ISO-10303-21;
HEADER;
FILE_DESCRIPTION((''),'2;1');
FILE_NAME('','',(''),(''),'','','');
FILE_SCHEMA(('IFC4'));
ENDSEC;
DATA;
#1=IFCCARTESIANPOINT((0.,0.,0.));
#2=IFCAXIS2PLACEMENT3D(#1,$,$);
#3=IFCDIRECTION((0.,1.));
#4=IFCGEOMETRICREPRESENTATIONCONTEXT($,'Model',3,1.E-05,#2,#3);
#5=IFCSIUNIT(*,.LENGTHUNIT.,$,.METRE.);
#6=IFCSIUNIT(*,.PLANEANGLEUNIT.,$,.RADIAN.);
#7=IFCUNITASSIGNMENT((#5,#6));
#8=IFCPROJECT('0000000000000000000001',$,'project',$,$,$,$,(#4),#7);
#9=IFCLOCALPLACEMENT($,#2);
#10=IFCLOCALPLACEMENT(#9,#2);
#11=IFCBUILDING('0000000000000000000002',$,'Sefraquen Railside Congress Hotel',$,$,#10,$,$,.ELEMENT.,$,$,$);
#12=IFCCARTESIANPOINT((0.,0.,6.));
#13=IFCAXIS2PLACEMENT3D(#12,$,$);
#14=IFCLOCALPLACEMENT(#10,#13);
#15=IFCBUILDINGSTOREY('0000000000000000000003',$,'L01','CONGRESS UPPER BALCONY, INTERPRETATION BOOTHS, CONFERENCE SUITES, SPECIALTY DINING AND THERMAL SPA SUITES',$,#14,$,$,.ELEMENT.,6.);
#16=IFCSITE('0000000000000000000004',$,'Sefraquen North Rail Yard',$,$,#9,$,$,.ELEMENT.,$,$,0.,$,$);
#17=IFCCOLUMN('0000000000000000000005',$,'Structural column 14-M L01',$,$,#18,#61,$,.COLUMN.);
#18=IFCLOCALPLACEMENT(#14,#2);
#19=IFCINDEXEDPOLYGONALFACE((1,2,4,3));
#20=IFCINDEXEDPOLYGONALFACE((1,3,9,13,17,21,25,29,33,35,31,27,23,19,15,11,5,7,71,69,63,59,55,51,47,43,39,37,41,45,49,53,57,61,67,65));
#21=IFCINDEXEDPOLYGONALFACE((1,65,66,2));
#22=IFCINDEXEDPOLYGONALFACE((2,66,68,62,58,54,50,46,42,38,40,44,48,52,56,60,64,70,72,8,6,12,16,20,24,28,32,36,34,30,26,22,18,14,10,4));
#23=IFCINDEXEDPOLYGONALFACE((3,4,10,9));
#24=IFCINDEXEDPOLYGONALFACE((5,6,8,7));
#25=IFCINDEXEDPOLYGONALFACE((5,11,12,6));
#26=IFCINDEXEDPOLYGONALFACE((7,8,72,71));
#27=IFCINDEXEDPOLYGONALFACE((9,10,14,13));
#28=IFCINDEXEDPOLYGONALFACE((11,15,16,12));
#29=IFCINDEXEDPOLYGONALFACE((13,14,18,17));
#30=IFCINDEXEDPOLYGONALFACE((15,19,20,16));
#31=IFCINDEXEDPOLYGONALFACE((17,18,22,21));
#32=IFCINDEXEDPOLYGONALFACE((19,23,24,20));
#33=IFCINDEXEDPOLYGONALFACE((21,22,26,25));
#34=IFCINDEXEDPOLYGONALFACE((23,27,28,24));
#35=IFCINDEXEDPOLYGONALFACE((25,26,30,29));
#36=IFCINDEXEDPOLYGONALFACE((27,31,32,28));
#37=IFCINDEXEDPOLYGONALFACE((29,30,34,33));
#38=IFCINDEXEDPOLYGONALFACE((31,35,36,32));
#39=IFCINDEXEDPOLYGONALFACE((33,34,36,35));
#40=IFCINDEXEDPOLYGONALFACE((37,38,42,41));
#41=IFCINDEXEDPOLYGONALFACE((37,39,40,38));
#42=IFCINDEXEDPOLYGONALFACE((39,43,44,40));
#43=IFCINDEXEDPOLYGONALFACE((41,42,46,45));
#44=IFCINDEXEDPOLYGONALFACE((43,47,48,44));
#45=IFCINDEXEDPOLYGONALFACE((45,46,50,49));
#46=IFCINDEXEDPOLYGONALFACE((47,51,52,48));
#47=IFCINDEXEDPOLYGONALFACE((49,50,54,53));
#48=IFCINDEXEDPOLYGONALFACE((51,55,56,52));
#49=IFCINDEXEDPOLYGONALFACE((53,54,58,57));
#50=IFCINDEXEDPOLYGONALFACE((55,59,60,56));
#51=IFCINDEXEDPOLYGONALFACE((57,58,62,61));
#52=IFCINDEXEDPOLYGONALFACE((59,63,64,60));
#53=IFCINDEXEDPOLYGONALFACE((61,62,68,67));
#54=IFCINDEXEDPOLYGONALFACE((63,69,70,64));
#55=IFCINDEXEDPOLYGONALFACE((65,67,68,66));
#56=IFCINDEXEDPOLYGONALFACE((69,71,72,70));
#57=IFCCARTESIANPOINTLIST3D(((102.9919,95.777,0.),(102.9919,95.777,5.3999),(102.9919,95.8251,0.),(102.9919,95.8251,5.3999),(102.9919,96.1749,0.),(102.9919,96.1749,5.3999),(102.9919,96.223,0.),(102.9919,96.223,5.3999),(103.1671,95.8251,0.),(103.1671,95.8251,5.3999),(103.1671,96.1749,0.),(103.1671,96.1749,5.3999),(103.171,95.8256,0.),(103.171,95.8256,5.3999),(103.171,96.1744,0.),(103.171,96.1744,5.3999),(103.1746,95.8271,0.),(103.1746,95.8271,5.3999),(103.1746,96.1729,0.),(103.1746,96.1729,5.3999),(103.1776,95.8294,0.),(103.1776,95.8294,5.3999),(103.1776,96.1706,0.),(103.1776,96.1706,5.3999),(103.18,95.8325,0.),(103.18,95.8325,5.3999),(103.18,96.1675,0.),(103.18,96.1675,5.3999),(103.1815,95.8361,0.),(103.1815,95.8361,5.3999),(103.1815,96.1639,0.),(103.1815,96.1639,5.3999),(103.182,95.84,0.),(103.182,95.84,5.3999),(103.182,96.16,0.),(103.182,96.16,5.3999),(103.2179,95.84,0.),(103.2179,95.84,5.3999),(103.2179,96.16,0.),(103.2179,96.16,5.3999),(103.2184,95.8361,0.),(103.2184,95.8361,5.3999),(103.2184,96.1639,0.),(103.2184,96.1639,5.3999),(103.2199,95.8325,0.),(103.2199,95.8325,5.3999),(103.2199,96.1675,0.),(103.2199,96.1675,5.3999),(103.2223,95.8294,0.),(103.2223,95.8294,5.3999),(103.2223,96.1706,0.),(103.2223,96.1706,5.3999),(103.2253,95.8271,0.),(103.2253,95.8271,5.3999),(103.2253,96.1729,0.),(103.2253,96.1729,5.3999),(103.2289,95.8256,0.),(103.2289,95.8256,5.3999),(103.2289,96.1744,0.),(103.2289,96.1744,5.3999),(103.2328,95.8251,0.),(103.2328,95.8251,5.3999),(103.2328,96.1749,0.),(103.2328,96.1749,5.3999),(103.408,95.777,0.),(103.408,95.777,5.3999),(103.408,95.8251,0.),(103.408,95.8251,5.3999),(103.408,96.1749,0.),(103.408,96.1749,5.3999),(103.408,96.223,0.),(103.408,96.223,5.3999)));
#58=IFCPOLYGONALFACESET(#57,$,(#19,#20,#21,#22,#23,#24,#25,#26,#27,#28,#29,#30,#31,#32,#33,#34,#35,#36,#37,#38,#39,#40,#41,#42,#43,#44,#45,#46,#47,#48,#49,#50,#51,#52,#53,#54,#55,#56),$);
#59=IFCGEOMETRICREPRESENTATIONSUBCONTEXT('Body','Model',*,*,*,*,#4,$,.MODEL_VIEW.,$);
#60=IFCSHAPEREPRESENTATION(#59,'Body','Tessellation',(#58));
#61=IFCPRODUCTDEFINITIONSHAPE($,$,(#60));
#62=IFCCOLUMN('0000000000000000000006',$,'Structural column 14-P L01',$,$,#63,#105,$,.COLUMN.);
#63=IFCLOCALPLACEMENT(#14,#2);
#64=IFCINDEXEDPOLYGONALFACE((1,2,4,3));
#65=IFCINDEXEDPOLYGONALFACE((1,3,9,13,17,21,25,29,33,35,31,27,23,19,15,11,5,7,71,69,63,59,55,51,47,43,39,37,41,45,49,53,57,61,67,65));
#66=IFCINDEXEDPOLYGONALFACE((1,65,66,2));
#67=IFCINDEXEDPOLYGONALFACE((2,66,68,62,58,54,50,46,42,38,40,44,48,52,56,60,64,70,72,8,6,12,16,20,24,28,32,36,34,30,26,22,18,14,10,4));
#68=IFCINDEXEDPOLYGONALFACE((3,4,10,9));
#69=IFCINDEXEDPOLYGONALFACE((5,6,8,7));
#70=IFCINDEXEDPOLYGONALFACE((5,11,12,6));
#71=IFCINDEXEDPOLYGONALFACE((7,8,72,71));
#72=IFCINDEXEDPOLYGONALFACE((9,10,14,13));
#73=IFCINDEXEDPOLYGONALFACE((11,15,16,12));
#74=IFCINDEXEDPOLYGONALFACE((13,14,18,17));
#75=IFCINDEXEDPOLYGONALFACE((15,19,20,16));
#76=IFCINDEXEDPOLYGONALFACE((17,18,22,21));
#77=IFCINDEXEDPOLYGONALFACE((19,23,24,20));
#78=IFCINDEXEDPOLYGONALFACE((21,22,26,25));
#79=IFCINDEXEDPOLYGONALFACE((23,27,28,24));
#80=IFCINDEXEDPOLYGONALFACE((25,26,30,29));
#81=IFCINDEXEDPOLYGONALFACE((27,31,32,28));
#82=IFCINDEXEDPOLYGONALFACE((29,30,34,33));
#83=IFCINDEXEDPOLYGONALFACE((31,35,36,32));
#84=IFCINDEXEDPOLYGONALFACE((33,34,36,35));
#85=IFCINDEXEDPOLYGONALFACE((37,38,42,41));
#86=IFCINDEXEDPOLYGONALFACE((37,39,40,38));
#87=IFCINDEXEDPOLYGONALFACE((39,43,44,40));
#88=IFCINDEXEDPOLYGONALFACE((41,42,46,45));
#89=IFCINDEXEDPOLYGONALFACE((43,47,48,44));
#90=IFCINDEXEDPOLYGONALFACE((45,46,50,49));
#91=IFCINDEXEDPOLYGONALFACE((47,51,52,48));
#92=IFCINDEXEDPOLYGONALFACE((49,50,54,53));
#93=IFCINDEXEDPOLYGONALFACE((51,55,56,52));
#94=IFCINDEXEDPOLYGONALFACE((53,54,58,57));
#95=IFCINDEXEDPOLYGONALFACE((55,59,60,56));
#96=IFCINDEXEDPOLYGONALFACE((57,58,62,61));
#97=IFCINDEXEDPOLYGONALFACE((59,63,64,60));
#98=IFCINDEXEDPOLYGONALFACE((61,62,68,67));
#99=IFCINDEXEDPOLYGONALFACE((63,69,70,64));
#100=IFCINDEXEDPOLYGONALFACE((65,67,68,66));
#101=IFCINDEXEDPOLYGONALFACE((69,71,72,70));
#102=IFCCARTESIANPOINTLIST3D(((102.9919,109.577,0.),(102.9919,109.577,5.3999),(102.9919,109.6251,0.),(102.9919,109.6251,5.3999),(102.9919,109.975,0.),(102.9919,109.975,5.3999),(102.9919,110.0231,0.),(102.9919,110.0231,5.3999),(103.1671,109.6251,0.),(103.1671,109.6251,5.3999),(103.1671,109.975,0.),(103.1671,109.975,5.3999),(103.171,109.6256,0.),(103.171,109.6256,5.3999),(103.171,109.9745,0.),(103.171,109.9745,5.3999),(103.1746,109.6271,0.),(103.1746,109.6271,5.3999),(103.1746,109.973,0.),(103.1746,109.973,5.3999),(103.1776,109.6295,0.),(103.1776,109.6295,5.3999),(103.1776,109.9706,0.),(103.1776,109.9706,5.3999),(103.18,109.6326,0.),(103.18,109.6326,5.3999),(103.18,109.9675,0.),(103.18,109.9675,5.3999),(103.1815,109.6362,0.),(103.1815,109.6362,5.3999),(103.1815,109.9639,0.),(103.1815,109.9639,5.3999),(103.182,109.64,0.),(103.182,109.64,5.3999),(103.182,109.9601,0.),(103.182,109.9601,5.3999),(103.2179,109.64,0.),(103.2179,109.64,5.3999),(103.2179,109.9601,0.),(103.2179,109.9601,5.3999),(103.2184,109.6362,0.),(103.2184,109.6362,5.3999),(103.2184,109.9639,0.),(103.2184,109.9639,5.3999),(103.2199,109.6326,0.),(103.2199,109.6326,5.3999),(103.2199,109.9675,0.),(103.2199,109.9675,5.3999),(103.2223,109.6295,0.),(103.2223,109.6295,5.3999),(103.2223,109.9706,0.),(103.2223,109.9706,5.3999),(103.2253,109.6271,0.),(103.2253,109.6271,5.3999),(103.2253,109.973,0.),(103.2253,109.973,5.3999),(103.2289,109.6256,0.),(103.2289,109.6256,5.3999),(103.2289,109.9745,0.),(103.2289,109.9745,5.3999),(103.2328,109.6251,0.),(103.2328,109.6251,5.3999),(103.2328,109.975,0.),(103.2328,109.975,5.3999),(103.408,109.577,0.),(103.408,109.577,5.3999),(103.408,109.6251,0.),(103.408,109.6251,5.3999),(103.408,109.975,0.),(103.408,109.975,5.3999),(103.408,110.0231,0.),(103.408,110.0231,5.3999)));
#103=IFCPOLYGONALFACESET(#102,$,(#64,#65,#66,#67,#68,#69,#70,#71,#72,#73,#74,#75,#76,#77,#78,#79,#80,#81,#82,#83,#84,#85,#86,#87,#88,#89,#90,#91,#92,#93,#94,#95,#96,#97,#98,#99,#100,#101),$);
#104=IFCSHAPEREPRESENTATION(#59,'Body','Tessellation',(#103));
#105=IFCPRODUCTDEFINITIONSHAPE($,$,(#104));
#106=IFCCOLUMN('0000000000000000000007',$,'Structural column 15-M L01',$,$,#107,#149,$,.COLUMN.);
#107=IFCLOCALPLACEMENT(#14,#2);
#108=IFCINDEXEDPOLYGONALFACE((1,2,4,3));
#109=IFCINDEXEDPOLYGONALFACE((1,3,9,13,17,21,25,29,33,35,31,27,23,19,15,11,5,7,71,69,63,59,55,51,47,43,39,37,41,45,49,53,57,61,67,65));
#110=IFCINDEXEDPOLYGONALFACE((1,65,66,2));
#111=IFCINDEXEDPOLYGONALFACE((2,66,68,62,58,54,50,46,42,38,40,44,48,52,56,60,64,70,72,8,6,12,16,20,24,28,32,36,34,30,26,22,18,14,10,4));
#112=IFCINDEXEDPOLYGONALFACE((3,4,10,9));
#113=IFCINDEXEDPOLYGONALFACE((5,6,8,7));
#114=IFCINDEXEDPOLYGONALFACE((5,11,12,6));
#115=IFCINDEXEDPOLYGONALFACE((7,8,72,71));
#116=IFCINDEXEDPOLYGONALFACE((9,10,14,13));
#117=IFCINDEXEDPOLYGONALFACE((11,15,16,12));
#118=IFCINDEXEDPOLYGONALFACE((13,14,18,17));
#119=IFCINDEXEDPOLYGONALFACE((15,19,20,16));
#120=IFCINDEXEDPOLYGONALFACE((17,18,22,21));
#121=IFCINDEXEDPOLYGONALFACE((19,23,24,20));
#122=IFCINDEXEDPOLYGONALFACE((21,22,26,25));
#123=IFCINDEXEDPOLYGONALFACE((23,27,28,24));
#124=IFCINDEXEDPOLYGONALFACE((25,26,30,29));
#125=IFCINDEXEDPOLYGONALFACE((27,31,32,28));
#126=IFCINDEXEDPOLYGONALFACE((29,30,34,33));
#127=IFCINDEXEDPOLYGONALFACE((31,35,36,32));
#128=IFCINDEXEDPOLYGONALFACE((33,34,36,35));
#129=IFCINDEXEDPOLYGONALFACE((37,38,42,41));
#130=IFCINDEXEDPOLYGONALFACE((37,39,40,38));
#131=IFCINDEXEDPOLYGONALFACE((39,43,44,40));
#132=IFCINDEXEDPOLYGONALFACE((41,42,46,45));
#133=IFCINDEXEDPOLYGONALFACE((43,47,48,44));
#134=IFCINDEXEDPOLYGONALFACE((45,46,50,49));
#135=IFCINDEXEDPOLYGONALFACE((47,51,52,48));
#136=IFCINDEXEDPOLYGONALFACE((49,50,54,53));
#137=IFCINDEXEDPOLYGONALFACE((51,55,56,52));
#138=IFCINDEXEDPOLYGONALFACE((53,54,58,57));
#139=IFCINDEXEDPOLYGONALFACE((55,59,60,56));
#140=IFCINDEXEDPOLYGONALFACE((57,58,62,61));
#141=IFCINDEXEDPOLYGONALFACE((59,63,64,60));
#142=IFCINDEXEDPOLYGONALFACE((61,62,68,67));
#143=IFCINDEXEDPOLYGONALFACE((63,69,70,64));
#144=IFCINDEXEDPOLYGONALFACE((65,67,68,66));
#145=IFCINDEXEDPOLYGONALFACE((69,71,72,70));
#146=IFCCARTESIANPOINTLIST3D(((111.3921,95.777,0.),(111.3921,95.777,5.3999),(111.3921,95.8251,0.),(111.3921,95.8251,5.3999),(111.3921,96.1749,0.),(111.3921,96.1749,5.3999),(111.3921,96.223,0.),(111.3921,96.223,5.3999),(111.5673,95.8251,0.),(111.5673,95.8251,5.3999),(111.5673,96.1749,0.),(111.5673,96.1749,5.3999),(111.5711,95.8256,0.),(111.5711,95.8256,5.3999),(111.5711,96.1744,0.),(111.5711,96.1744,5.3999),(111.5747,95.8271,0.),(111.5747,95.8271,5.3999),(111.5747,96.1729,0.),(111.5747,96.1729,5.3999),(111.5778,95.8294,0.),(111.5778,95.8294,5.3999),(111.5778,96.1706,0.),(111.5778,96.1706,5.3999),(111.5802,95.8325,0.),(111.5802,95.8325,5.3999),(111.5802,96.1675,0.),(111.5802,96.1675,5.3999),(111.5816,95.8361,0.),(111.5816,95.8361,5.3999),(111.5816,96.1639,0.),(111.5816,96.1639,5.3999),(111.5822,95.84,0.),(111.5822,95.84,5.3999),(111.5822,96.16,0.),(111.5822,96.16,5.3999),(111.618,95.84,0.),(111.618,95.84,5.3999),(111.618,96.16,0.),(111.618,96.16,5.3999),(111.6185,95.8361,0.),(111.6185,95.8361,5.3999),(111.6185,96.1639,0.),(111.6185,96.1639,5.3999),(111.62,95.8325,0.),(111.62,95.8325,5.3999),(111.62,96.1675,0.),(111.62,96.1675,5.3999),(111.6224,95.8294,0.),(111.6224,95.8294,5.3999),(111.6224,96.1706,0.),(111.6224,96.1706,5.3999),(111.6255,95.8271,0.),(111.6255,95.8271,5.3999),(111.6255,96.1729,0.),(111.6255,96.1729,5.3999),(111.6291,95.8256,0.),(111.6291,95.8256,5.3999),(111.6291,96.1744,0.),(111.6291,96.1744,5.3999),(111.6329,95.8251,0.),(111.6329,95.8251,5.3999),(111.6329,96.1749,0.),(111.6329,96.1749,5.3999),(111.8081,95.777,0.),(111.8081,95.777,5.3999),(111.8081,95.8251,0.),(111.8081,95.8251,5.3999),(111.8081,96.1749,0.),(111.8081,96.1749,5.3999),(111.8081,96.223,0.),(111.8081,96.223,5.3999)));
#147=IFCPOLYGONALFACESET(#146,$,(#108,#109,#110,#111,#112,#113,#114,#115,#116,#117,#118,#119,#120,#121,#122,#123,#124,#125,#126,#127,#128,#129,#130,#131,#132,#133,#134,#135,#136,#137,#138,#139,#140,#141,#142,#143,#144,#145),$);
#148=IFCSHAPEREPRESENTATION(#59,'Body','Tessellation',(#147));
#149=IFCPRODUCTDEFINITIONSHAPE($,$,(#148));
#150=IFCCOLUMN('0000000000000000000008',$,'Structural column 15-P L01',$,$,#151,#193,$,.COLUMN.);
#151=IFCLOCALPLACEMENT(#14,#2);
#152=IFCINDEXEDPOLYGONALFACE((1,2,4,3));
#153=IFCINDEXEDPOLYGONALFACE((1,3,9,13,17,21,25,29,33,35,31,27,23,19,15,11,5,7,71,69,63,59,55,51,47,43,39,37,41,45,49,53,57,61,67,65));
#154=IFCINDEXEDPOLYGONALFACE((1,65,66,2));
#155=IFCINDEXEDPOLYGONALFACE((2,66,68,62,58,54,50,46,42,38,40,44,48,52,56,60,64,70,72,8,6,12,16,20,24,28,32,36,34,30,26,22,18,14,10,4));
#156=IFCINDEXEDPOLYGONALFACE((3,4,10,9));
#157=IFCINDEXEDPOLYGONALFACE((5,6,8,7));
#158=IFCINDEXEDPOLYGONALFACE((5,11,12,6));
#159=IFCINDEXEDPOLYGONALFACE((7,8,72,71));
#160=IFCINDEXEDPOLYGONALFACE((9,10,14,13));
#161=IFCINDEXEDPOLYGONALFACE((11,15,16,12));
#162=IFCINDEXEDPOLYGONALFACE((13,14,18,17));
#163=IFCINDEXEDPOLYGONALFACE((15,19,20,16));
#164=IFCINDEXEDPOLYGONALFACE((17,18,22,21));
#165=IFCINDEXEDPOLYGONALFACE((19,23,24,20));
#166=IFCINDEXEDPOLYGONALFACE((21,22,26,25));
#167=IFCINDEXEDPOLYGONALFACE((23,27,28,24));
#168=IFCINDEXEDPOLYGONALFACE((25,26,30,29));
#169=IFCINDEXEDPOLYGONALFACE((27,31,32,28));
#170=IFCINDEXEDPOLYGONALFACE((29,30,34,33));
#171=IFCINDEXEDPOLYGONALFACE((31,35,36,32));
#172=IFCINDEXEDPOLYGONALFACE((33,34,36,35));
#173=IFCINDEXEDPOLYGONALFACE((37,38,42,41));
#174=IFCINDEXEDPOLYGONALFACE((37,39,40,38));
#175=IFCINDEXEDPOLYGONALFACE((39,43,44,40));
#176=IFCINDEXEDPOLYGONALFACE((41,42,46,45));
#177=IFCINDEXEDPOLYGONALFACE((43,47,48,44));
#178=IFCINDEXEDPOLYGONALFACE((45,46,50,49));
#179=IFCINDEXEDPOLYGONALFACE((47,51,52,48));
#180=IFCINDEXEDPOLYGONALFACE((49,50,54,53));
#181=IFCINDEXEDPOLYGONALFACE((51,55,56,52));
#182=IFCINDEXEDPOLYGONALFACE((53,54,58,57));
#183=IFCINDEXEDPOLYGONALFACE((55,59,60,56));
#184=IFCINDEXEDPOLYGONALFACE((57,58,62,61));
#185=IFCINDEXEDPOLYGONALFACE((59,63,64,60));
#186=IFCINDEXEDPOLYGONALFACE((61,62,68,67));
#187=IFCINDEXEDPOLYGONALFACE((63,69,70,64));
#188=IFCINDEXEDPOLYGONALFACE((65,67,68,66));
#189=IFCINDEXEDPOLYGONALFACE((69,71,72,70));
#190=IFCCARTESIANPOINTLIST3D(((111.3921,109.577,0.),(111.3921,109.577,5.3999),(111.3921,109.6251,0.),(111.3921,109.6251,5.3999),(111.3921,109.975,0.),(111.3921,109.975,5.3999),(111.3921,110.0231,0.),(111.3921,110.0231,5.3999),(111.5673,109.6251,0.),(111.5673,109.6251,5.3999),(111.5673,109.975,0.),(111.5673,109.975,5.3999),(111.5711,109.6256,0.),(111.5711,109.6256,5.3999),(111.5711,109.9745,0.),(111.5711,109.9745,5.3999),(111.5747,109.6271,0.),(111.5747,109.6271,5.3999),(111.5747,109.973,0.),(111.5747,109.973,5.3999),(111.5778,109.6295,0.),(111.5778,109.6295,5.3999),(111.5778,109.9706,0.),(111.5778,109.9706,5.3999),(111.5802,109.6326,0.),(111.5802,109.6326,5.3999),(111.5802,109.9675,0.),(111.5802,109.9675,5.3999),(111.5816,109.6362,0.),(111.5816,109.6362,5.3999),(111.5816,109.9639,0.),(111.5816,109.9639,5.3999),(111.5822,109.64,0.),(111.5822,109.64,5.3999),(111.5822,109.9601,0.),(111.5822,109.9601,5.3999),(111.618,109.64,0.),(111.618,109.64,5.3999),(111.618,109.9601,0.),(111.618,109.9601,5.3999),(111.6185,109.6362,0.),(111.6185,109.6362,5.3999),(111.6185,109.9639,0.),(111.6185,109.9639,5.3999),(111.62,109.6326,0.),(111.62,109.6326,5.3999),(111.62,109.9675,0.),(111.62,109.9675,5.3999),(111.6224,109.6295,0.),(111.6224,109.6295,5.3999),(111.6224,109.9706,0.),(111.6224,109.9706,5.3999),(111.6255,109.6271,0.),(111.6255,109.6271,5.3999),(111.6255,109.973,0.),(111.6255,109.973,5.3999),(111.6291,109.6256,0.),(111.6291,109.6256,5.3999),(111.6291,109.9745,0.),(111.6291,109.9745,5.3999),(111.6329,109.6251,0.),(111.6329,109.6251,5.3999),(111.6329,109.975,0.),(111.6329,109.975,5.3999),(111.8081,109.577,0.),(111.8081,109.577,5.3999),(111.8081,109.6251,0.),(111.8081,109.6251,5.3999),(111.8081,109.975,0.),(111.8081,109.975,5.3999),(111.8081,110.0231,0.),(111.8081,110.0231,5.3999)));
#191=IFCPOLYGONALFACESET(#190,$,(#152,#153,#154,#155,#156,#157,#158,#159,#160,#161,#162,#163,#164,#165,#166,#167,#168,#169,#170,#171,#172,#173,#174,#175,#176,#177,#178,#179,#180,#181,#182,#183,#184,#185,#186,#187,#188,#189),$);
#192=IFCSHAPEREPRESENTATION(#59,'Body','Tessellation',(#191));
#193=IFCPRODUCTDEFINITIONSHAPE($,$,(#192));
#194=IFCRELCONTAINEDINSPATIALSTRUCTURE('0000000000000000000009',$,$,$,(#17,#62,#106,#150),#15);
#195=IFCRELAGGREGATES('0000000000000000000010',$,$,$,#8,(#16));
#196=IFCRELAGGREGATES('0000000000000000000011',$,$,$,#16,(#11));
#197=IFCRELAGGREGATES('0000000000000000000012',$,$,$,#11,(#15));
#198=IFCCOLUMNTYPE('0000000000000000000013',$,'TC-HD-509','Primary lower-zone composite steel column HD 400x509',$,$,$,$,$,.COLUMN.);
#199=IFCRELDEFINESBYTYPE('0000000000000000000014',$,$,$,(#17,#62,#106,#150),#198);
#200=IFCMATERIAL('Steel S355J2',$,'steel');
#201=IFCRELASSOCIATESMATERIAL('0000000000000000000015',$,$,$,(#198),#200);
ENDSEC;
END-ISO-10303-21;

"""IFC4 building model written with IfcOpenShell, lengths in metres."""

from ifc_helpers import new_model, si_unit, direction, frame, origin, origin_2d, place, context, subcontext, project, spatial, i_section, extrude, material, material_profile, profile_set, type_object, element, save


model = new_model("IFC4")

# Units and contexts
model_context = context("Model", 3, precision=1e-05, world=origin(), true_north=direction((0.0, 1.0)))
body_context = subcontext(model_context, "Body", "Model", "MODEL_VIEW")
ifc_project = project(units=[si_unit("LENGTHUNIT", "METRE"), si_unit("PLANEANGLEUNIT", "RADIAN")], contexts=[model_context])

# Site, building, storey
site_placement = place(None, origin())
site = spatial("IfcSite", under=ifc_project, at=site_placement, Name="Sefraquen North Rail Yard", CompositionType="ELEMENT", RefElevation=0.0)
building_placement = place(site_placement, origin())
building = spatial("IfcBuilding", under=site, at=building_placement, Name="Sefraquen Railside Congress Hotel", CompositionType="ELEMENT")
storey_placement = place(building_placement, frame((0.0, 0.0, 6.0)))
storey = spatial("IfcBuildingStorey", under=building, at=storey_placement, Name="L01", Description="CONGRESS UPPER BALCONY, INTERPRETATION BOOTHS, CONFERENCE SUITES, SPECIALTY DINING AND THERMAL SPA SUITES", CompositionType="ELEMENT", Elevation=6.0)

# Columns
ifc_material_1 = material(Name="Steel S355J2", Category="steel")
ifc_material_profile_1 = material_profile(ifc_material_1, i_section(OverallWidth=0.416, OverallDepth=0.446, WebThickness=0.0359, FlangeThickness=0.0481, FilletRadius=0.0149, at=origin_2d()), Name="HD 400x509")
ifc_profile_set_1 = profile_set([ifc_material_profile_1], Name="Steel S355J2")
column_type_1 = type_object("IfcColumnType", Name="TC-HD-509", Description="Primary lower-zone composite steel column HD 400x509", PredefinedType="COLUMN", material=ifc_profile_set_1)
for number, where, z_axis, x_axis, name in (
    (1, (103.2, 96.0, 0.0), (0.0, 0.0, 1.0), (1.0, 0.0, 0.0), "Structural column 14-M L01"),
    (2, (103.2, 109.8, 0.0), (0.0, 0.0, 1.0), (1.0, 0.0, 0.0), "Structural column 14-P L01"),
    (3, (111.6001, 96.0, 0.0), (0.0, 0.0, 1.0), (1.0, 0.0, 0.0), "Structural column 15-M L01"),
    (4, (111.6001, 109.8, 0.0), (0.0, 0.0, 1.0), (1.0, 0.0, 0.0), "Structural column 15-P L01"),
):
    element("IfcColumn", number, at=place(storey_placement, frame(where, z_axis=z_axis, x_axis=x_axis)), inside=storey, type_object=column_type_1, Name=name, PredefinedType="COLUMN", context=body_context, shape_type="SweptSolid", body=[
        extrude(i_section(OverallWidth=0.416, OverallDepth=0.446, WebThickness=0.0359, FlangeThickness=0.0481, FilletRadius=0.0149, at=origin_2d()), origin(), (0.0, 0.0, 1.0), 5.3999),
    ])

save(model, "model.ifc")
